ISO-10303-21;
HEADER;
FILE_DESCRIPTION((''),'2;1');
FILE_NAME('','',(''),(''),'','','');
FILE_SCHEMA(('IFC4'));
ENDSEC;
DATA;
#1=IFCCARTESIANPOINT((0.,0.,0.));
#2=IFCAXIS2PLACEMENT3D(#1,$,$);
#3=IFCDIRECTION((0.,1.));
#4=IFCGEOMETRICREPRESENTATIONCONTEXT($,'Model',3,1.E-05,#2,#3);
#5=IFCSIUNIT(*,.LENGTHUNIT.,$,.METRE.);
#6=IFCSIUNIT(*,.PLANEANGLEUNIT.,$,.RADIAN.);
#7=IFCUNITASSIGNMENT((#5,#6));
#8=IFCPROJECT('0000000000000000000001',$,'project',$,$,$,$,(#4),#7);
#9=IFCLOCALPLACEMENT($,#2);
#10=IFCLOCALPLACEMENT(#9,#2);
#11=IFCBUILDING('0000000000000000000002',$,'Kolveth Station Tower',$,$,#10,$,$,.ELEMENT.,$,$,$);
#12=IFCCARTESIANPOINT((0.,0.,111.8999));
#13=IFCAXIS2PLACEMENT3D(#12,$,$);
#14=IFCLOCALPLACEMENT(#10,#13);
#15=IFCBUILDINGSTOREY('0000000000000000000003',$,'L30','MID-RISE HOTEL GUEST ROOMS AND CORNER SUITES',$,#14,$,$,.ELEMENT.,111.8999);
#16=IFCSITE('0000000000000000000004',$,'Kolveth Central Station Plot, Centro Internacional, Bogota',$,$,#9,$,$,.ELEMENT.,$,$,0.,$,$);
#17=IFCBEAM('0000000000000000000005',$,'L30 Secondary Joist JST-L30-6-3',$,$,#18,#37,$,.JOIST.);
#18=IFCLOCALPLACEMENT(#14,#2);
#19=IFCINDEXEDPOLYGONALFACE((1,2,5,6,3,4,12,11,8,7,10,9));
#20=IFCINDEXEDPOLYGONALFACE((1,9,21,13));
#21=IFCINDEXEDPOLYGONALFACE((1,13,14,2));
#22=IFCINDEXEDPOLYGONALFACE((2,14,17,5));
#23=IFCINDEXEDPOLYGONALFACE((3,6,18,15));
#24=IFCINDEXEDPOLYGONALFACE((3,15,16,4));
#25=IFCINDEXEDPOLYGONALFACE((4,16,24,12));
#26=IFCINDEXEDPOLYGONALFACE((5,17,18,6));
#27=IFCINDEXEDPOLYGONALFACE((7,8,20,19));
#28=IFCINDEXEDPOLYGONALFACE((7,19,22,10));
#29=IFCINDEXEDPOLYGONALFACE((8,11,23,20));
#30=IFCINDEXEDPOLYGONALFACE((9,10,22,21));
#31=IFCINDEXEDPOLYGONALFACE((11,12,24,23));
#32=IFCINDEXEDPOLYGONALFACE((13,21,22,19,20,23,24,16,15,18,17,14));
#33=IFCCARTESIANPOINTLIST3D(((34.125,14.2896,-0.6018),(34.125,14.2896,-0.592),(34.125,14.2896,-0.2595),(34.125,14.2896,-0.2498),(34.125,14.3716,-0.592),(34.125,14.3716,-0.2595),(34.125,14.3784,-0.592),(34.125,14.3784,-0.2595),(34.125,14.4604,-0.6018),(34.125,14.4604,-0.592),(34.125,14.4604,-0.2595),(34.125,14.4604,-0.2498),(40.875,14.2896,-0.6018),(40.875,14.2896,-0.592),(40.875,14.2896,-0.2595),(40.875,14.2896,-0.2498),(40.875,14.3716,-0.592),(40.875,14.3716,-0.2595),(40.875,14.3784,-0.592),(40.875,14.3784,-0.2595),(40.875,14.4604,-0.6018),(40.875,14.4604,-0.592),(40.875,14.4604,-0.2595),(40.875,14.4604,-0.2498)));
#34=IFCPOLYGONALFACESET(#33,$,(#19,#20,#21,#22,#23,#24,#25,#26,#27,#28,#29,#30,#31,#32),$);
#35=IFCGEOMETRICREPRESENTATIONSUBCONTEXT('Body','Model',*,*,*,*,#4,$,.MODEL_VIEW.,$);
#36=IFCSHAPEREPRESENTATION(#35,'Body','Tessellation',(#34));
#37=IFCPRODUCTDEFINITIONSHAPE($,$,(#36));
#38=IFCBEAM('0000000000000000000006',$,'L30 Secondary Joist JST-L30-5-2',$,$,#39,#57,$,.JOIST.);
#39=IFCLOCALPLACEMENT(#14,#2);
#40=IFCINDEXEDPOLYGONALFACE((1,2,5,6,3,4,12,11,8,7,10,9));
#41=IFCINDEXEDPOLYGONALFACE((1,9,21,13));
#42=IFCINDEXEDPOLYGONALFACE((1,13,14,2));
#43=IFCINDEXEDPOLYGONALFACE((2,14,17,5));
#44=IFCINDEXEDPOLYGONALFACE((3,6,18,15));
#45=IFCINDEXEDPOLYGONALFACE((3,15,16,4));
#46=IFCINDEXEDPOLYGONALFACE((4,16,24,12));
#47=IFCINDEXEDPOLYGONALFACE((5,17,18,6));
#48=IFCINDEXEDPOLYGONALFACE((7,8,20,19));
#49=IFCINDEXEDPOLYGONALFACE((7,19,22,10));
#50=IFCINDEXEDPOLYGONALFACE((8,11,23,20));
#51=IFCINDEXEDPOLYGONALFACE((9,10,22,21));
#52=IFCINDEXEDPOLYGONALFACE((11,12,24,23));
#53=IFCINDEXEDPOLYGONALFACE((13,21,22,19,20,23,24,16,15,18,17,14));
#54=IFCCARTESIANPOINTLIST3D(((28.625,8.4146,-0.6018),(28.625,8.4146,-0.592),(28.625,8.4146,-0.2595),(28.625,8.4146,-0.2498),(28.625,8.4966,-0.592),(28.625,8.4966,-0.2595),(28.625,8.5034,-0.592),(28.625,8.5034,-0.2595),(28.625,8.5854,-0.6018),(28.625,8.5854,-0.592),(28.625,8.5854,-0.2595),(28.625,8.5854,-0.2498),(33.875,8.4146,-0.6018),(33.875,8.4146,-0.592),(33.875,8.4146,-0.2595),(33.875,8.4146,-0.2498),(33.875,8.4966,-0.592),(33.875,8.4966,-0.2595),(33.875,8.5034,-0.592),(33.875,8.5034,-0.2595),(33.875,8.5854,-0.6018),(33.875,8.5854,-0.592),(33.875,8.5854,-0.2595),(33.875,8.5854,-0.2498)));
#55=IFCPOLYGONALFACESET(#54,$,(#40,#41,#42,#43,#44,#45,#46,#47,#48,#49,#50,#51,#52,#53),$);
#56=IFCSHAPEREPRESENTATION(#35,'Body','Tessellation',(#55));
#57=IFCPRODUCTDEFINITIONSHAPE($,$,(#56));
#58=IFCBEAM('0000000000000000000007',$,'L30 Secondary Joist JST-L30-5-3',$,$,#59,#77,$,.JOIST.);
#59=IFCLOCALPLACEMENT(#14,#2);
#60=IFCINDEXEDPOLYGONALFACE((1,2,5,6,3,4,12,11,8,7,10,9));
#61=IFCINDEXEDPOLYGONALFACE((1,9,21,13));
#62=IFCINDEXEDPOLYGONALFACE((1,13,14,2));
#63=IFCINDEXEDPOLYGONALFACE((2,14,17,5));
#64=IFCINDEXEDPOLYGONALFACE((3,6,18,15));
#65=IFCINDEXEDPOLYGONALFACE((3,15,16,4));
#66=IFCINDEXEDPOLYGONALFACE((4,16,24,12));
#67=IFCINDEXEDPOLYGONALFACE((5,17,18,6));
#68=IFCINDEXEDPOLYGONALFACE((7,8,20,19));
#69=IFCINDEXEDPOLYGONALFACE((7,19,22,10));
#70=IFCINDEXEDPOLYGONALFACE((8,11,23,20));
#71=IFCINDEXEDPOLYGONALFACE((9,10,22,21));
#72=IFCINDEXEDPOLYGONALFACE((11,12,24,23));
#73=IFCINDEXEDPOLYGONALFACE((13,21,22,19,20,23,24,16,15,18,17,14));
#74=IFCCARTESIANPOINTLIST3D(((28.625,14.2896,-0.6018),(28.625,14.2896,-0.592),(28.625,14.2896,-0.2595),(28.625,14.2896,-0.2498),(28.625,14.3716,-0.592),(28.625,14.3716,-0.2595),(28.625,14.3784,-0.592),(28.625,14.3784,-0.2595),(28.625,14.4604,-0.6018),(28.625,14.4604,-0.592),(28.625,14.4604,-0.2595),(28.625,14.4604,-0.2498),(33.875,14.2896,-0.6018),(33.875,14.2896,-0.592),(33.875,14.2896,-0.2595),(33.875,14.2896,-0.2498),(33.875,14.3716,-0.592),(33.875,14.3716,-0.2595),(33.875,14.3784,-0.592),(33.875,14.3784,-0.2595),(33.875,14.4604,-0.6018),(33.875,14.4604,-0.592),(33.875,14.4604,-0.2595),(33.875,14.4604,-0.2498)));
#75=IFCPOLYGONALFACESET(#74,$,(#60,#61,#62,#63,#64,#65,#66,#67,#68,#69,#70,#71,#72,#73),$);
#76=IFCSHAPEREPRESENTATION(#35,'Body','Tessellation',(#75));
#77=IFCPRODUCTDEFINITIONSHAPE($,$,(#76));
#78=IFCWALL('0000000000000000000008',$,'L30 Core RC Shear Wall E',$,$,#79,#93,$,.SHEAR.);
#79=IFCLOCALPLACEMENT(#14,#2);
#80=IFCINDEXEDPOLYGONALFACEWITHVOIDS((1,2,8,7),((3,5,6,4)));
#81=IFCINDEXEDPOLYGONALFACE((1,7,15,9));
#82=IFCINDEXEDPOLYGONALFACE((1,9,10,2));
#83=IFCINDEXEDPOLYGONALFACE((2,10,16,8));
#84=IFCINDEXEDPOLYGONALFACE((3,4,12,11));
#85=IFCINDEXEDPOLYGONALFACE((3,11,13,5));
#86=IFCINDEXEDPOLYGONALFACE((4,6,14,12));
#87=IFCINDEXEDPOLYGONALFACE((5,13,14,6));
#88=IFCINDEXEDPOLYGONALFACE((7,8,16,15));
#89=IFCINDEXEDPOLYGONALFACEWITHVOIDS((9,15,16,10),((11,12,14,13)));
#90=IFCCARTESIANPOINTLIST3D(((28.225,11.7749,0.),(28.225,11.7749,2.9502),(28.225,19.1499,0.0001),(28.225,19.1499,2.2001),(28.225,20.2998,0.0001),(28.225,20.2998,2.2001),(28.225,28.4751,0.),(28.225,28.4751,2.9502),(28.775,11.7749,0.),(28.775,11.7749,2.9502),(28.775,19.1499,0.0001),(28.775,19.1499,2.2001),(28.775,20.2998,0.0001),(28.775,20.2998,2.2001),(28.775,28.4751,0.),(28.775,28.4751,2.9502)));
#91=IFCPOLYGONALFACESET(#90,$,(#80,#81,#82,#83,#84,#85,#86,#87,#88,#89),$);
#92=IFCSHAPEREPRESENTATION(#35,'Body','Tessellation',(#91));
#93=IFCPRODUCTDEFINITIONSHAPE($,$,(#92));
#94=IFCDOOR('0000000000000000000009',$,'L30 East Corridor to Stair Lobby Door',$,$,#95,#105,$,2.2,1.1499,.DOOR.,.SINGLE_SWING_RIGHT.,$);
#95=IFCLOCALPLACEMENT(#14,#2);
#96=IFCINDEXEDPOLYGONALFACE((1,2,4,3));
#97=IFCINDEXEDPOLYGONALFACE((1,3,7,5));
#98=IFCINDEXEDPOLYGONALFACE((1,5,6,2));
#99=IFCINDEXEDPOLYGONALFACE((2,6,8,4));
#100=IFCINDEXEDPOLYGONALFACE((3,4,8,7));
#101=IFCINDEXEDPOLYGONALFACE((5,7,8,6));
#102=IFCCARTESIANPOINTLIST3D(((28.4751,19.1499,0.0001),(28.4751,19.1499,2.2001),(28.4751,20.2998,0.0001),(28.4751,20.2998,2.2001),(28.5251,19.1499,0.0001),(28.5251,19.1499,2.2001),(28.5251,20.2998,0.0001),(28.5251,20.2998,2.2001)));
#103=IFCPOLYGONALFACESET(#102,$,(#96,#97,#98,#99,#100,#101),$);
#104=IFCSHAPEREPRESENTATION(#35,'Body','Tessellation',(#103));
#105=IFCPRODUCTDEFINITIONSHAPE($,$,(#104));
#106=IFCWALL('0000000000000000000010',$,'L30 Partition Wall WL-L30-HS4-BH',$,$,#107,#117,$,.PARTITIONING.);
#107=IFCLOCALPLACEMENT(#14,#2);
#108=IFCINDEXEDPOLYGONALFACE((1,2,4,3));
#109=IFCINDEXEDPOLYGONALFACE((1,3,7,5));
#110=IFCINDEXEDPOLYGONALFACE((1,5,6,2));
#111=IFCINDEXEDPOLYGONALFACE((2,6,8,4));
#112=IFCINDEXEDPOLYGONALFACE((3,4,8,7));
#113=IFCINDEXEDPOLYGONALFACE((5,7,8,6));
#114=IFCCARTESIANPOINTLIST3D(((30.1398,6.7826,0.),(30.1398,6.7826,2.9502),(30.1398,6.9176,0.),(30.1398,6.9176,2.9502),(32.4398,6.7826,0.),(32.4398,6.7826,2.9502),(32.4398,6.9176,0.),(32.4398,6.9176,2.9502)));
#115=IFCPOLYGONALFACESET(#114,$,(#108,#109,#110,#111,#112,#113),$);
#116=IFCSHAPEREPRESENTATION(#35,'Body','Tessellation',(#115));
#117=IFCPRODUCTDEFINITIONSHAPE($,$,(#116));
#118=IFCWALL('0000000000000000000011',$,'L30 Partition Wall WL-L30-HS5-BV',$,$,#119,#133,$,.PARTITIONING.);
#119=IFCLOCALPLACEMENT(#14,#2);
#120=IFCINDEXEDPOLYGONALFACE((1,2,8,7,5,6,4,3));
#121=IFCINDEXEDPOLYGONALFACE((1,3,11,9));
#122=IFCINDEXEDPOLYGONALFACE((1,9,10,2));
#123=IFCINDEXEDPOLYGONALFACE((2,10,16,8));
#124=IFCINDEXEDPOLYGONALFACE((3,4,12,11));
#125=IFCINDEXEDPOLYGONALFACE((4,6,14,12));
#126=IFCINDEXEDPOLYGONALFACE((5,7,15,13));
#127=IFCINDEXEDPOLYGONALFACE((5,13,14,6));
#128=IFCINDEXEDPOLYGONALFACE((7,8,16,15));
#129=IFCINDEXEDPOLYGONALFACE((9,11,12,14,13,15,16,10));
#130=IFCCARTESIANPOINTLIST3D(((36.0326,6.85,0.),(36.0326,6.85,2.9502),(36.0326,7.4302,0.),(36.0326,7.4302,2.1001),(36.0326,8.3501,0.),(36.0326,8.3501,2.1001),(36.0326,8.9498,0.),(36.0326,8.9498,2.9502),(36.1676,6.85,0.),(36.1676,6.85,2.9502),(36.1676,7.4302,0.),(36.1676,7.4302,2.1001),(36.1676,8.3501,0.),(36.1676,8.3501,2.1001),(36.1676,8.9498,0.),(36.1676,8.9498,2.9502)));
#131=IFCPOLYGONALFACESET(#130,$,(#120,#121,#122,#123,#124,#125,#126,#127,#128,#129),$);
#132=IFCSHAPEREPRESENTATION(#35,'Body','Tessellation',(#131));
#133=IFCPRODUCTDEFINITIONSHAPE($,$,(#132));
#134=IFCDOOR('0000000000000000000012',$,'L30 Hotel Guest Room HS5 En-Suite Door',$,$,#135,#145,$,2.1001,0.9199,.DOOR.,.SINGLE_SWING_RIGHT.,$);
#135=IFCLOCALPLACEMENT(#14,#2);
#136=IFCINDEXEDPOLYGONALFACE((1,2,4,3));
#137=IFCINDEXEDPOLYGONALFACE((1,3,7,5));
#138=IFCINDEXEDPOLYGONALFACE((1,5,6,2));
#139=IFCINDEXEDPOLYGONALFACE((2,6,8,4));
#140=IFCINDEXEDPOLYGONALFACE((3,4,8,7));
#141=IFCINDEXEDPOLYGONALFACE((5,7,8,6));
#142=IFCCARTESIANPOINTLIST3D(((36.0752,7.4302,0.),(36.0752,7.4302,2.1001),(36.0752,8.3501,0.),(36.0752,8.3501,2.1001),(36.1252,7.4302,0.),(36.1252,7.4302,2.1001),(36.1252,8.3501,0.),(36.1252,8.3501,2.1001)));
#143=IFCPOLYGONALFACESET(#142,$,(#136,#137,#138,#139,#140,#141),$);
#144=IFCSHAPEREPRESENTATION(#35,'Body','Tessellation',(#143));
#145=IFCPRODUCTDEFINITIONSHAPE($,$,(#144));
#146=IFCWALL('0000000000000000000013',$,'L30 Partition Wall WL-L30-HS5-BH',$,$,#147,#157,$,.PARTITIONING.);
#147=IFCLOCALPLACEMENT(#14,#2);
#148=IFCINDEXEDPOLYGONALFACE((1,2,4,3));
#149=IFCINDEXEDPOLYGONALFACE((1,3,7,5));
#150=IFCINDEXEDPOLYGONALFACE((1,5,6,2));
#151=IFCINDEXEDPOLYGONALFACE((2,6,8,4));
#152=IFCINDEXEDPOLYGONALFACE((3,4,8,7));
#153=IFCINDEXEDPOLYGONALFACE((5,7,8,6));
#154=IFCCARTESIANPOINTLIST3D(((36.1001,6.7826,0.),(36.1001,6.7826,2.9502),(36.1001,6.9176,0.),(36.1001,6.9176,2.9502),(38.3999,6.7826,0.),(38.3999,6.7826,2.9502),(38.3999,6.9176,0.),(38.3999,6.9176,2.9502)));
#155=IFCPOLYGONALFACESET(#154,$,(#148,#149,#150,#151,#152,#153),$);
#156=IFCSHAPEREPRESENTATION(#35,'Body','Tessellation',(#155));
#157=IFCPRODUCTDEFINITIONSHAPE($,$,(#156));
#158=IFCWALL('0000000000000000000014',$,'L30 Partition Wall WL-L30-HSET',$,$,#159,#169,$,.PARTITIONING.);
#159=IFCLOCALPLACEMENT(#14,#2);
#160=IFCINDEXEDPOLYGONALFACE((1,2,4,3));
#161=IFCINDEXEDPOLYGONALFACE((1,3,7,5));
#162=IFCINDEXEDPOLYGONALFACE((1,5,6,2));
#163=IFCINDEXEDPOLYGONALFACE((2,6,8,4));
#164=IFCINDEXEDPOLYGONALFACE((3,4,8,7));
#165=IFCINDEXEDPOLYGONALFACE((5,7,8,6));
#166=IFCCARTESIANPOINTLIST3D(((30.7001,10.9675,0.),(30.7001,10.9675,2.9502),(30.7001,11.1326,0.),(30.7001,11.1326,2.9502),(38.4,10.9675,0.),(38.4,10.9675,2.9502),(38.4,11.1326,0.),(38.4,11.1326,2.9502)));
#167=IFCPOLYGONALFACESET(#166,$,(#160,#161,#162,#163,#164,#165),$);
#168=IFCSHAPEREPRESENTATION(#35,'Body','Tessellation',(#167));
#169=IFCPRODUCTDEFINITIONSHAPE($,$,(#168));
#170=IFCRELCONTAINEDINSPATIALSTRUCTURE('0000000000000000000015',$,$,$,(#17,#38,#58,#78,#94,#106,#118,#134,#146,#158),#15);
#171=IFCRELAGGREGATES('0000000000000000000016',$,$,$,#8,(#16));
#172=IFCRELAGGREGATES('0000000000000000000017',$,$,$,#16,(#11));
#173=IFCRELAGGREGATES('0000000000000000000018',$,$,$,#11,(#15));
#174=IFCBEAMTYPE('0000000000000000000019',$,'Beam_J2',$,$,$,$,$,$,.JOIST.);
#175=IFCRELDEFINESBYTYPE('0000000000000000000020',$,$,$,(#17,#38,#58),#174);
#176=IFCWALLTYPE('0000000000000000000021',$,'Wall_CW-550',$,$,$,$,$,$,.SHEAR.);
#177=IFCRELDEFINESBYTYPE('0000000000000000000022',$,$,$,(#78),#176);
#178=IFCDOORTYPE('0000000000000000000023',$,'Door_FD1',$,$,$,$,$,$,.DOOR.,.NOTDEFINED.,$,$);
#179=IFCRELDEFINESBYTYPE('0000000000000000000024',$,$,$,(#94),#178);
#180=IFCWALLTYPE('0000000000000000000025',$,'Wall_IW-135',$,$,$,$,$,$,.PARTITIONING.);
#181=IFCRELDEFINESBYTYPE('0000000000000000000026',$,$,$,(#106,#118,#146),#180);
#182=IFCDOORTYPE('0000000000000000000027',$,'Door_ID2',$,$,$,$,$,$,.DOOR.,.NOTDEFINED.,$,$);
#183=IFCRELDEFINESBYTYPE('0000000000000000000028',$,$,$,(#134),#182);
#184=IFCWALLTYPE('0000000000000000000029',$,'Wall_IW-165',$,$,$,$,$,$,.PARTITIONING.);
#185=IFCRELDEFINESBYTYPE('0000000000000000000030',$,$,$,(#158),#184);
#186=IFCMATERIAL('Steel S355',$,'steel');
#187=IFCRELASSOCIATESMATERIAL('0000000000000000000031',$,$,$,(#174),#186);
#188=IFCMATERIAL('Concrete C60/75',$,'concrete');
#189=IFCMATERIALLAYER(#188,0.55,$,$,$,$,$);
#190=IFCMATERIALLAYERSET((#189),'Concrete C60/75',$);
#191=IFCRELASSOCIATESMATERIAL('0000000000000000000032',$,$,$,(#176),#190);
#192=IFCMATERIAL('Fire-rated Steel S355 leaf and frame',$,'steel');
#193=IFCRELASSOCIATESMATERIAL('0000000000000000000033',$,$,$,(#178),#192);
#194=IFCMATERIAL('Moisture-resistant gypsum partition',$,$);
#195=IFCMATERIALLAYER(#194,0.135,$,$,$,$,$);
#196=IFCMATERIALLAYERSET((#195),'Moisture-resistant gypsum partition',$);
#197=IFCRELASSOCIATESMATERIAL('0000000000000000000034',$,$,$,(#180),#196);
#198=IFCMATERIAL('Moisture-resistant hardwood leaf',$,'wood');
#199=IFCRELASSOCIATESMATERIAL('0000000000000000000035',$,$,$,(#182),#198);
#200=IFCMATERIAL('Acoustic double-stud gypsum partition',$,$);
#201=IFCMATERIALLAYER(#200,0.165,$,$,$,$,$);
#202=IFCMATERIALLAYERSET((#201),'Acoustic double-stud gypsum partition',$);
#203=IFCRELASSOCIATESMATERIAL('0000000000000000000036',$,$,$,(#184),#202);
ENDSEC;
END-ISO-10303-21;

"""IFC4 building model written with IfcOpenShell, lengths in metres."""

from ifc_helpers import new_model, si_unit, direction, frame, frame_2d, origin, origin_2d, place, context, subcontext, project, spatial, rectangle, i_section, extrude, source, transform, mapped, material, layer, layer_set, material_profile, profile_set, type_object, element, fill, save


model = new_model("IFC4")

# Units and contexts
model_context = context("Model", 3, precision=1e-05, world=origin(), true_north=direction((0.0, 1.0)))
body_context = subcontext(model_context, "Body", "Model", "MODEL_VIEW")
ifc_project = project(units=[si_unit("LENGTHUNIT", "METRE"), si_unit("PLANEANGLEUNIT", "RADIAN")], contexts=[model_context])

# Site, building, storey
site_placement = place(None, origin())
site = spatial("IfcSite", under=ifc_project, at=site_placement, Name="Kolveth Central Station Plot, Centro Internacional, Bogota", CompositionType="ELEMENT", RefElevation=0.0)
building_placement = place(site_placement, origin())
building = spatial("IfcBuilding", under=site, at=building_placement, Name="Kolveth Station Tower", CompositionType="ELEMENT")
storey_placement = place(building_placement, frame((0.0, 0.0, 111.8999)))
storey = spatial("IfcBuildingStorey", under=building, at=storey_placement, Name="L30", Description="MID-RISE HOTEL GUEST ROOMS AND CORNER SUITES", CompositionType="ELEMENT", Elevation=111.8999)

# Shared definitions
ifc_material_1 = material(Name="Steel S355", Category="steel")

# Beams
ifc_material_profile_1 = material_profile(ifc_material_1, i_section(OverallWidth=0.1709, OverallDepth=0.3521, WebThickness=0.0068, FlangeThickness=0.0098, at=origin_2d()), Name="W360x44")
ifc_profile_set_1 = profile_set([ifc_material_profile_1], Name="Steel S355")
beam_type_1 = type_object("IfcBeamType", Name="Beam_J2", PredefinedType="JOIST", material=ifc_profile_set_1)
shared_shape_1 = source(origin(), body_context, "Body", "SweptSolid", [
    extrude(i_section(OverallWidth=0.1709, OverallDepth=0.3521, WebThickness=0.0068, FlangeThickness=0.0098, at=origin_2d()), origin(), (0.0, 0.0, 1.0), 6.75),
])
for number, where, z_axis, x_axis, name in (
    (1, (34.125, 14.375, -0.4258), (1.0, 0.0, 0.0), (0.0, 1.0, 0.0), "L30 Secondary Joist JST-L30-6-3"),
):
    element("IfcBeam", number, at=place(storey_placement, frame(where, z_axis=z_axis, x_axis=x_axis)), inside=storey, type_object=beam_type_1, Name=name, PredefinedType="JOIST", context=body_context, shape_type="MappedRepresentation", body=[
        mapped(shared_shape_1, transform((0.0, 0.0, 0.0), x_axis=(1.0, 0.0, 0.0), y_axis=(0.0, 1.0, 0.0), z_axis=(0.0, 0.0, 1.0), scale=1.0)),
    ])
shared_shape_2 = source(origin(), body_context, "Body", "SweptSolid", [
    extrude(i_section(OverallWidth=0.1709, OverallDepth=0.3521, WebThickness=0.0068, FlangeThickness=0.0098, at=origin_2d()), origin(), (0.0, 0.0, 1.0), 5.25),
])
for number, where, z_axis, x_axis, name in (
    (2, (28.625, 8.5, -0.4258), (1.0, 0.0, 0.0), (0.0, 1.0, 0.0), "L30 Secondary Joist JST-L30-5-2"),
    (3, (28.625, 14.375, -0.4258), (1.0, 0.0, 0.0), (0.0, 1.0, 0.0), "L30 Secondary Joist JST-L30-5-3"),
):
    element("IfcBeam", number, at=place(storey_placement, frame(where, z_axis=z_axis, x_axis=x_axis)), inside=storey, type_object=beam_type_1, Name=name, PredefinedType="JOIST", context=body_context, shape_type="MappedRepresentation", body=[
        mapped(shared_shape_2, transform((0.0, 0.0, 0.0), x_axis=(1.0, 0.0, 0.0), y_axis=(0.0, 1.0, 0.0), z_axis=(0.0, 0.0, 1.0), scale=1.0)),
    ])

# Wall, opening, door
ifc_material_2 = material(Name="Concrete C60/75", Category="concrete")
ifc_layer_1 = layer(ifc_material_2, 0.55)
ifc_layer_set_1 = layer_set([ifc_layer_1], Name="Concrete C60/75")
wall_type_1 = type_object("IfcWallType", Name="Wall_CW-550", PredefinedType="SHEAR", material=ifc_layer_set_1)
wall_1_placement = place(storey_placement, frame((28.5, 11.7749, 0.0), z_axis=(0.0, 0.0, 1.0), x_axis=(0.0, 1.0, 0.0)))
wall_1 = element("IfcWall", 4, at=wall_1_placement, inside=storey, type_object=wall_type_1, Name="L30 Core RC Shear Wall E", PredefinedType="SHEAR", context=body_context, shape_type="SweptSolid", body=[
    extrude(rectangle(XDim=16.7002, YDim=0.55, at=frame_2d((8.3501, 0.0))), origin(), (0.0, 0.0, 1.0), 2.9502),
])
opening_1_placement = place(wall_1_placement, frame((7.375, 0.0, 0.0)))
opening_1 = element("IfcOpeningElement", 5, at=opening_1_placement, cuts=wall_1, PredefinedType="OPENING", context=body_context, shape_type="SweptSolid", body=[
    extrude(rectangle(XDim=1.1499, YDim=2.2, at=frame_2d((0.575, 1.1001))), frame((0.0, 0.2849, 0.0), z_axis=(0.0, -1.0, 0.0), x_axis=(1.0, 0.0, 0.0)), (0.0, 0.0, 1.0), 0.5701),
])
ifc_material_3 = material(Name="Fire-rated Steel S355 leaf and frame", Category="steel")
door_type_1 = type_object("IfcDoorType", Name="Door_FD1", OperationType="NOTDEFINED", PredefinedType="DOOR", material=ifc_material_3)
door_1_placement = place(opening_1_placement, origin())
door_1 = element("IfcDoor", 6, at=door_1_placement, inside=storey, type_object=door_type_1, Name="L30 East Corridor to Stair Lobby Door", OperationType="SINGLE_SWING_RIGHT", OverallHeight=2.2, OverallWidth=1.1499, PredefinedType="DOOR", context=body_context, shape_type="SweptSolid", body=[
    extrude(rectangle(XDim=1.1499, YDim=2.2, at=frame_2d((0.575, 1.1001))), frame((0.0, 0.0249, 0.0), z_axis=(0.0, -1.0, 0.0), x_axis=(1.0, 0.0, 0.0)), (0.0, 0.0, 1.0), 0.05),
])
fill(opening_1, door_1)

# Wall
ifc_material_4 = material(Name="Moisture-resistant gypsum partition")
ifc_layer_2 = layer(ifc_material_4, 0.135)
ifc_layer_set_2 = layer_set([ifc_layer_2], Name="Moisture-resistant gypsum partition")
wall_type_2 = type_object("IfcWallType", Name="Wall_IW-135", PredefinedType="PARTITIONING", material=ifc_layer_set_2)
wall_2_placement = place(storey_placement, frame((30.1399, 6.8501, 0.0), z_axis=(0.0, 0.0, 1.0), x_axis=(1.0, 0.0, 0.0)))
element("IfcWall", 7, at=wall_2_placement, inside=storey, type_object=wall_type_2, Name="L30 Partition Wall WL-L30-HS4-BH", PredefinedType="PARTITIONING", context=body_context, shape_type="SweptSolid", body=[
    extrude(rectangle(XDim=2.3, YDim=0.135, at=frame_2d((1.1499, 0.0))), origin(), (0.0, 0.0, 1.0), 2.9502),
])

# Wall, opening, door
wall_3_placement = place(storey_placement, frame((36.1001, 6.8501, 0.0), z_axis=(0.0, 0.0, 1.0), x_axis=(0.0, 1.0, 0.0)))
wall_3 = element("IfcWall", 8, at=wall_3_placement, inside=storey, type_object=wall_type_2, Name="L30 Partition Wall WL-L30-HS5-BV", PredefinedType="PARTITIONING", context=body_context, shape_type="SweptSolid", body=[
    extrude(rectangle(XDim=2.0999, YDim=0.135, at=frame_2d((1.0498, 0.0))), origin(), (0.0, 0.0, 1.0), 2.9502),
])
opening_2_placement = place(wall_3_placement, frame((0.5801, 0.0, 0.0)))
opening_2 = element("IfcOpeningElement", 9, at=opening_2_placement, cuts=wall_3, PredefinedType="OPENING", context=body_context, shape_type="SweptSolid", body=[
    extrude(rectangle(XDim=0.9199, YDim=2.1001, at=frame_2d((0.46, 1.05))), frame((0.0, 0.0774, 0.0), z_axis=(0.0, -1.0, 0.0), x_axis=(1.0, 0.0, 0.0)), (0.0, 0.0, 1.0), 0.155),
])
ifc_material_5 = material(Name="Moisture-resistant hardwood leaf", Category="wood")
door_type_2 = type_object("IfcDoorType", Name="Door_ID2", OperationType="NOTDEFINED", PredefinedType="DOOR", material=ifc_material_5)
door_2_placement = place(opening_2_placement, origin())
door_2 = element("IfcDoor", 10, at=door_2_placement, inside=storey, type_object=door_type_2, Name="L30 Hotel Guest Room HS5 En-Suite Door", OperationType="SINGLE_SWING_RIGHT", OverallHeight=2.1001, OverallWidth=0.9199, PredefinedType="DOOR", context=body_context, shape_type="SweptSolid", body=[
    extrude(rectangle(XDim=0.9199, YDim=2.1001, at=frame_2d((0.46, 1.05))), frame((0.0, 0.0249, 0.0), z_axis=(0.0, -1.0, 0.0), x_axis=(1.0, 0.0, 0.0)), (0.0, 0.0, 1.0), 0.05),
])
fill(opening_2, door_2)

# Walls
wall_4_placement = place(storey_placement, frame((36.1001, 6.8501, 0.0), z_axis=(0.0, 0.0, 1.0), x_axis=(1.0, 0.0, 0.0)))
element("IfcWall", 11, at=wall_4_placement, inside=storey, type_object=wall_type_2, Name="L30 Partition Wall WL-L30-HS5-BH", PredefinedType="PARTITIONING", context=body_context, shape_type="SweptSolid", body=[
    extrude(rectangle(XDim=2.2998, YDim=0.135, at=frame_2d((1.1499, 0.0))), origin(), (0.0, 0.0, 1.0), 2.9502),
])
ifc_material_6 = material(Name="Acoustic double-stud gypsum partition")
ifc_layer_3 = layer(ifc_material_6, 0.165)
ifc_layer_set_3 = layer_set([ifc_layer_3], Name="Acoustic double-stud gypsum partition")
wall_type_3 = type_object("IfcWallType", Name="Wall_IW-165", PredefinedType="PARTITIONING", material=ifc_layer_set_3)
wall_5_placement = place(storey_placement, frame((30.7, 11.05, 0.0), z_axis=(0.0, 0.0, 1.0), x_axis=(1.0, 0.0, 0.0)))
element("IfcWall", 12, at=wall_5_placement, inside=storey, type_object=wall_type_3, Name="L30 Partition Wall WL-L30-HSET", PredefinedType="PARTITIONING", context=body_context, shape_type="SweptSolid", body=[
    extrude(rectangle(XDim=7.7, YDim=0.165, at=frame_2d((3.8501, 0.0))), origin(), (0.0, 0.0, 1.0), 2.9502),
])

save(model, "model.ifc")
